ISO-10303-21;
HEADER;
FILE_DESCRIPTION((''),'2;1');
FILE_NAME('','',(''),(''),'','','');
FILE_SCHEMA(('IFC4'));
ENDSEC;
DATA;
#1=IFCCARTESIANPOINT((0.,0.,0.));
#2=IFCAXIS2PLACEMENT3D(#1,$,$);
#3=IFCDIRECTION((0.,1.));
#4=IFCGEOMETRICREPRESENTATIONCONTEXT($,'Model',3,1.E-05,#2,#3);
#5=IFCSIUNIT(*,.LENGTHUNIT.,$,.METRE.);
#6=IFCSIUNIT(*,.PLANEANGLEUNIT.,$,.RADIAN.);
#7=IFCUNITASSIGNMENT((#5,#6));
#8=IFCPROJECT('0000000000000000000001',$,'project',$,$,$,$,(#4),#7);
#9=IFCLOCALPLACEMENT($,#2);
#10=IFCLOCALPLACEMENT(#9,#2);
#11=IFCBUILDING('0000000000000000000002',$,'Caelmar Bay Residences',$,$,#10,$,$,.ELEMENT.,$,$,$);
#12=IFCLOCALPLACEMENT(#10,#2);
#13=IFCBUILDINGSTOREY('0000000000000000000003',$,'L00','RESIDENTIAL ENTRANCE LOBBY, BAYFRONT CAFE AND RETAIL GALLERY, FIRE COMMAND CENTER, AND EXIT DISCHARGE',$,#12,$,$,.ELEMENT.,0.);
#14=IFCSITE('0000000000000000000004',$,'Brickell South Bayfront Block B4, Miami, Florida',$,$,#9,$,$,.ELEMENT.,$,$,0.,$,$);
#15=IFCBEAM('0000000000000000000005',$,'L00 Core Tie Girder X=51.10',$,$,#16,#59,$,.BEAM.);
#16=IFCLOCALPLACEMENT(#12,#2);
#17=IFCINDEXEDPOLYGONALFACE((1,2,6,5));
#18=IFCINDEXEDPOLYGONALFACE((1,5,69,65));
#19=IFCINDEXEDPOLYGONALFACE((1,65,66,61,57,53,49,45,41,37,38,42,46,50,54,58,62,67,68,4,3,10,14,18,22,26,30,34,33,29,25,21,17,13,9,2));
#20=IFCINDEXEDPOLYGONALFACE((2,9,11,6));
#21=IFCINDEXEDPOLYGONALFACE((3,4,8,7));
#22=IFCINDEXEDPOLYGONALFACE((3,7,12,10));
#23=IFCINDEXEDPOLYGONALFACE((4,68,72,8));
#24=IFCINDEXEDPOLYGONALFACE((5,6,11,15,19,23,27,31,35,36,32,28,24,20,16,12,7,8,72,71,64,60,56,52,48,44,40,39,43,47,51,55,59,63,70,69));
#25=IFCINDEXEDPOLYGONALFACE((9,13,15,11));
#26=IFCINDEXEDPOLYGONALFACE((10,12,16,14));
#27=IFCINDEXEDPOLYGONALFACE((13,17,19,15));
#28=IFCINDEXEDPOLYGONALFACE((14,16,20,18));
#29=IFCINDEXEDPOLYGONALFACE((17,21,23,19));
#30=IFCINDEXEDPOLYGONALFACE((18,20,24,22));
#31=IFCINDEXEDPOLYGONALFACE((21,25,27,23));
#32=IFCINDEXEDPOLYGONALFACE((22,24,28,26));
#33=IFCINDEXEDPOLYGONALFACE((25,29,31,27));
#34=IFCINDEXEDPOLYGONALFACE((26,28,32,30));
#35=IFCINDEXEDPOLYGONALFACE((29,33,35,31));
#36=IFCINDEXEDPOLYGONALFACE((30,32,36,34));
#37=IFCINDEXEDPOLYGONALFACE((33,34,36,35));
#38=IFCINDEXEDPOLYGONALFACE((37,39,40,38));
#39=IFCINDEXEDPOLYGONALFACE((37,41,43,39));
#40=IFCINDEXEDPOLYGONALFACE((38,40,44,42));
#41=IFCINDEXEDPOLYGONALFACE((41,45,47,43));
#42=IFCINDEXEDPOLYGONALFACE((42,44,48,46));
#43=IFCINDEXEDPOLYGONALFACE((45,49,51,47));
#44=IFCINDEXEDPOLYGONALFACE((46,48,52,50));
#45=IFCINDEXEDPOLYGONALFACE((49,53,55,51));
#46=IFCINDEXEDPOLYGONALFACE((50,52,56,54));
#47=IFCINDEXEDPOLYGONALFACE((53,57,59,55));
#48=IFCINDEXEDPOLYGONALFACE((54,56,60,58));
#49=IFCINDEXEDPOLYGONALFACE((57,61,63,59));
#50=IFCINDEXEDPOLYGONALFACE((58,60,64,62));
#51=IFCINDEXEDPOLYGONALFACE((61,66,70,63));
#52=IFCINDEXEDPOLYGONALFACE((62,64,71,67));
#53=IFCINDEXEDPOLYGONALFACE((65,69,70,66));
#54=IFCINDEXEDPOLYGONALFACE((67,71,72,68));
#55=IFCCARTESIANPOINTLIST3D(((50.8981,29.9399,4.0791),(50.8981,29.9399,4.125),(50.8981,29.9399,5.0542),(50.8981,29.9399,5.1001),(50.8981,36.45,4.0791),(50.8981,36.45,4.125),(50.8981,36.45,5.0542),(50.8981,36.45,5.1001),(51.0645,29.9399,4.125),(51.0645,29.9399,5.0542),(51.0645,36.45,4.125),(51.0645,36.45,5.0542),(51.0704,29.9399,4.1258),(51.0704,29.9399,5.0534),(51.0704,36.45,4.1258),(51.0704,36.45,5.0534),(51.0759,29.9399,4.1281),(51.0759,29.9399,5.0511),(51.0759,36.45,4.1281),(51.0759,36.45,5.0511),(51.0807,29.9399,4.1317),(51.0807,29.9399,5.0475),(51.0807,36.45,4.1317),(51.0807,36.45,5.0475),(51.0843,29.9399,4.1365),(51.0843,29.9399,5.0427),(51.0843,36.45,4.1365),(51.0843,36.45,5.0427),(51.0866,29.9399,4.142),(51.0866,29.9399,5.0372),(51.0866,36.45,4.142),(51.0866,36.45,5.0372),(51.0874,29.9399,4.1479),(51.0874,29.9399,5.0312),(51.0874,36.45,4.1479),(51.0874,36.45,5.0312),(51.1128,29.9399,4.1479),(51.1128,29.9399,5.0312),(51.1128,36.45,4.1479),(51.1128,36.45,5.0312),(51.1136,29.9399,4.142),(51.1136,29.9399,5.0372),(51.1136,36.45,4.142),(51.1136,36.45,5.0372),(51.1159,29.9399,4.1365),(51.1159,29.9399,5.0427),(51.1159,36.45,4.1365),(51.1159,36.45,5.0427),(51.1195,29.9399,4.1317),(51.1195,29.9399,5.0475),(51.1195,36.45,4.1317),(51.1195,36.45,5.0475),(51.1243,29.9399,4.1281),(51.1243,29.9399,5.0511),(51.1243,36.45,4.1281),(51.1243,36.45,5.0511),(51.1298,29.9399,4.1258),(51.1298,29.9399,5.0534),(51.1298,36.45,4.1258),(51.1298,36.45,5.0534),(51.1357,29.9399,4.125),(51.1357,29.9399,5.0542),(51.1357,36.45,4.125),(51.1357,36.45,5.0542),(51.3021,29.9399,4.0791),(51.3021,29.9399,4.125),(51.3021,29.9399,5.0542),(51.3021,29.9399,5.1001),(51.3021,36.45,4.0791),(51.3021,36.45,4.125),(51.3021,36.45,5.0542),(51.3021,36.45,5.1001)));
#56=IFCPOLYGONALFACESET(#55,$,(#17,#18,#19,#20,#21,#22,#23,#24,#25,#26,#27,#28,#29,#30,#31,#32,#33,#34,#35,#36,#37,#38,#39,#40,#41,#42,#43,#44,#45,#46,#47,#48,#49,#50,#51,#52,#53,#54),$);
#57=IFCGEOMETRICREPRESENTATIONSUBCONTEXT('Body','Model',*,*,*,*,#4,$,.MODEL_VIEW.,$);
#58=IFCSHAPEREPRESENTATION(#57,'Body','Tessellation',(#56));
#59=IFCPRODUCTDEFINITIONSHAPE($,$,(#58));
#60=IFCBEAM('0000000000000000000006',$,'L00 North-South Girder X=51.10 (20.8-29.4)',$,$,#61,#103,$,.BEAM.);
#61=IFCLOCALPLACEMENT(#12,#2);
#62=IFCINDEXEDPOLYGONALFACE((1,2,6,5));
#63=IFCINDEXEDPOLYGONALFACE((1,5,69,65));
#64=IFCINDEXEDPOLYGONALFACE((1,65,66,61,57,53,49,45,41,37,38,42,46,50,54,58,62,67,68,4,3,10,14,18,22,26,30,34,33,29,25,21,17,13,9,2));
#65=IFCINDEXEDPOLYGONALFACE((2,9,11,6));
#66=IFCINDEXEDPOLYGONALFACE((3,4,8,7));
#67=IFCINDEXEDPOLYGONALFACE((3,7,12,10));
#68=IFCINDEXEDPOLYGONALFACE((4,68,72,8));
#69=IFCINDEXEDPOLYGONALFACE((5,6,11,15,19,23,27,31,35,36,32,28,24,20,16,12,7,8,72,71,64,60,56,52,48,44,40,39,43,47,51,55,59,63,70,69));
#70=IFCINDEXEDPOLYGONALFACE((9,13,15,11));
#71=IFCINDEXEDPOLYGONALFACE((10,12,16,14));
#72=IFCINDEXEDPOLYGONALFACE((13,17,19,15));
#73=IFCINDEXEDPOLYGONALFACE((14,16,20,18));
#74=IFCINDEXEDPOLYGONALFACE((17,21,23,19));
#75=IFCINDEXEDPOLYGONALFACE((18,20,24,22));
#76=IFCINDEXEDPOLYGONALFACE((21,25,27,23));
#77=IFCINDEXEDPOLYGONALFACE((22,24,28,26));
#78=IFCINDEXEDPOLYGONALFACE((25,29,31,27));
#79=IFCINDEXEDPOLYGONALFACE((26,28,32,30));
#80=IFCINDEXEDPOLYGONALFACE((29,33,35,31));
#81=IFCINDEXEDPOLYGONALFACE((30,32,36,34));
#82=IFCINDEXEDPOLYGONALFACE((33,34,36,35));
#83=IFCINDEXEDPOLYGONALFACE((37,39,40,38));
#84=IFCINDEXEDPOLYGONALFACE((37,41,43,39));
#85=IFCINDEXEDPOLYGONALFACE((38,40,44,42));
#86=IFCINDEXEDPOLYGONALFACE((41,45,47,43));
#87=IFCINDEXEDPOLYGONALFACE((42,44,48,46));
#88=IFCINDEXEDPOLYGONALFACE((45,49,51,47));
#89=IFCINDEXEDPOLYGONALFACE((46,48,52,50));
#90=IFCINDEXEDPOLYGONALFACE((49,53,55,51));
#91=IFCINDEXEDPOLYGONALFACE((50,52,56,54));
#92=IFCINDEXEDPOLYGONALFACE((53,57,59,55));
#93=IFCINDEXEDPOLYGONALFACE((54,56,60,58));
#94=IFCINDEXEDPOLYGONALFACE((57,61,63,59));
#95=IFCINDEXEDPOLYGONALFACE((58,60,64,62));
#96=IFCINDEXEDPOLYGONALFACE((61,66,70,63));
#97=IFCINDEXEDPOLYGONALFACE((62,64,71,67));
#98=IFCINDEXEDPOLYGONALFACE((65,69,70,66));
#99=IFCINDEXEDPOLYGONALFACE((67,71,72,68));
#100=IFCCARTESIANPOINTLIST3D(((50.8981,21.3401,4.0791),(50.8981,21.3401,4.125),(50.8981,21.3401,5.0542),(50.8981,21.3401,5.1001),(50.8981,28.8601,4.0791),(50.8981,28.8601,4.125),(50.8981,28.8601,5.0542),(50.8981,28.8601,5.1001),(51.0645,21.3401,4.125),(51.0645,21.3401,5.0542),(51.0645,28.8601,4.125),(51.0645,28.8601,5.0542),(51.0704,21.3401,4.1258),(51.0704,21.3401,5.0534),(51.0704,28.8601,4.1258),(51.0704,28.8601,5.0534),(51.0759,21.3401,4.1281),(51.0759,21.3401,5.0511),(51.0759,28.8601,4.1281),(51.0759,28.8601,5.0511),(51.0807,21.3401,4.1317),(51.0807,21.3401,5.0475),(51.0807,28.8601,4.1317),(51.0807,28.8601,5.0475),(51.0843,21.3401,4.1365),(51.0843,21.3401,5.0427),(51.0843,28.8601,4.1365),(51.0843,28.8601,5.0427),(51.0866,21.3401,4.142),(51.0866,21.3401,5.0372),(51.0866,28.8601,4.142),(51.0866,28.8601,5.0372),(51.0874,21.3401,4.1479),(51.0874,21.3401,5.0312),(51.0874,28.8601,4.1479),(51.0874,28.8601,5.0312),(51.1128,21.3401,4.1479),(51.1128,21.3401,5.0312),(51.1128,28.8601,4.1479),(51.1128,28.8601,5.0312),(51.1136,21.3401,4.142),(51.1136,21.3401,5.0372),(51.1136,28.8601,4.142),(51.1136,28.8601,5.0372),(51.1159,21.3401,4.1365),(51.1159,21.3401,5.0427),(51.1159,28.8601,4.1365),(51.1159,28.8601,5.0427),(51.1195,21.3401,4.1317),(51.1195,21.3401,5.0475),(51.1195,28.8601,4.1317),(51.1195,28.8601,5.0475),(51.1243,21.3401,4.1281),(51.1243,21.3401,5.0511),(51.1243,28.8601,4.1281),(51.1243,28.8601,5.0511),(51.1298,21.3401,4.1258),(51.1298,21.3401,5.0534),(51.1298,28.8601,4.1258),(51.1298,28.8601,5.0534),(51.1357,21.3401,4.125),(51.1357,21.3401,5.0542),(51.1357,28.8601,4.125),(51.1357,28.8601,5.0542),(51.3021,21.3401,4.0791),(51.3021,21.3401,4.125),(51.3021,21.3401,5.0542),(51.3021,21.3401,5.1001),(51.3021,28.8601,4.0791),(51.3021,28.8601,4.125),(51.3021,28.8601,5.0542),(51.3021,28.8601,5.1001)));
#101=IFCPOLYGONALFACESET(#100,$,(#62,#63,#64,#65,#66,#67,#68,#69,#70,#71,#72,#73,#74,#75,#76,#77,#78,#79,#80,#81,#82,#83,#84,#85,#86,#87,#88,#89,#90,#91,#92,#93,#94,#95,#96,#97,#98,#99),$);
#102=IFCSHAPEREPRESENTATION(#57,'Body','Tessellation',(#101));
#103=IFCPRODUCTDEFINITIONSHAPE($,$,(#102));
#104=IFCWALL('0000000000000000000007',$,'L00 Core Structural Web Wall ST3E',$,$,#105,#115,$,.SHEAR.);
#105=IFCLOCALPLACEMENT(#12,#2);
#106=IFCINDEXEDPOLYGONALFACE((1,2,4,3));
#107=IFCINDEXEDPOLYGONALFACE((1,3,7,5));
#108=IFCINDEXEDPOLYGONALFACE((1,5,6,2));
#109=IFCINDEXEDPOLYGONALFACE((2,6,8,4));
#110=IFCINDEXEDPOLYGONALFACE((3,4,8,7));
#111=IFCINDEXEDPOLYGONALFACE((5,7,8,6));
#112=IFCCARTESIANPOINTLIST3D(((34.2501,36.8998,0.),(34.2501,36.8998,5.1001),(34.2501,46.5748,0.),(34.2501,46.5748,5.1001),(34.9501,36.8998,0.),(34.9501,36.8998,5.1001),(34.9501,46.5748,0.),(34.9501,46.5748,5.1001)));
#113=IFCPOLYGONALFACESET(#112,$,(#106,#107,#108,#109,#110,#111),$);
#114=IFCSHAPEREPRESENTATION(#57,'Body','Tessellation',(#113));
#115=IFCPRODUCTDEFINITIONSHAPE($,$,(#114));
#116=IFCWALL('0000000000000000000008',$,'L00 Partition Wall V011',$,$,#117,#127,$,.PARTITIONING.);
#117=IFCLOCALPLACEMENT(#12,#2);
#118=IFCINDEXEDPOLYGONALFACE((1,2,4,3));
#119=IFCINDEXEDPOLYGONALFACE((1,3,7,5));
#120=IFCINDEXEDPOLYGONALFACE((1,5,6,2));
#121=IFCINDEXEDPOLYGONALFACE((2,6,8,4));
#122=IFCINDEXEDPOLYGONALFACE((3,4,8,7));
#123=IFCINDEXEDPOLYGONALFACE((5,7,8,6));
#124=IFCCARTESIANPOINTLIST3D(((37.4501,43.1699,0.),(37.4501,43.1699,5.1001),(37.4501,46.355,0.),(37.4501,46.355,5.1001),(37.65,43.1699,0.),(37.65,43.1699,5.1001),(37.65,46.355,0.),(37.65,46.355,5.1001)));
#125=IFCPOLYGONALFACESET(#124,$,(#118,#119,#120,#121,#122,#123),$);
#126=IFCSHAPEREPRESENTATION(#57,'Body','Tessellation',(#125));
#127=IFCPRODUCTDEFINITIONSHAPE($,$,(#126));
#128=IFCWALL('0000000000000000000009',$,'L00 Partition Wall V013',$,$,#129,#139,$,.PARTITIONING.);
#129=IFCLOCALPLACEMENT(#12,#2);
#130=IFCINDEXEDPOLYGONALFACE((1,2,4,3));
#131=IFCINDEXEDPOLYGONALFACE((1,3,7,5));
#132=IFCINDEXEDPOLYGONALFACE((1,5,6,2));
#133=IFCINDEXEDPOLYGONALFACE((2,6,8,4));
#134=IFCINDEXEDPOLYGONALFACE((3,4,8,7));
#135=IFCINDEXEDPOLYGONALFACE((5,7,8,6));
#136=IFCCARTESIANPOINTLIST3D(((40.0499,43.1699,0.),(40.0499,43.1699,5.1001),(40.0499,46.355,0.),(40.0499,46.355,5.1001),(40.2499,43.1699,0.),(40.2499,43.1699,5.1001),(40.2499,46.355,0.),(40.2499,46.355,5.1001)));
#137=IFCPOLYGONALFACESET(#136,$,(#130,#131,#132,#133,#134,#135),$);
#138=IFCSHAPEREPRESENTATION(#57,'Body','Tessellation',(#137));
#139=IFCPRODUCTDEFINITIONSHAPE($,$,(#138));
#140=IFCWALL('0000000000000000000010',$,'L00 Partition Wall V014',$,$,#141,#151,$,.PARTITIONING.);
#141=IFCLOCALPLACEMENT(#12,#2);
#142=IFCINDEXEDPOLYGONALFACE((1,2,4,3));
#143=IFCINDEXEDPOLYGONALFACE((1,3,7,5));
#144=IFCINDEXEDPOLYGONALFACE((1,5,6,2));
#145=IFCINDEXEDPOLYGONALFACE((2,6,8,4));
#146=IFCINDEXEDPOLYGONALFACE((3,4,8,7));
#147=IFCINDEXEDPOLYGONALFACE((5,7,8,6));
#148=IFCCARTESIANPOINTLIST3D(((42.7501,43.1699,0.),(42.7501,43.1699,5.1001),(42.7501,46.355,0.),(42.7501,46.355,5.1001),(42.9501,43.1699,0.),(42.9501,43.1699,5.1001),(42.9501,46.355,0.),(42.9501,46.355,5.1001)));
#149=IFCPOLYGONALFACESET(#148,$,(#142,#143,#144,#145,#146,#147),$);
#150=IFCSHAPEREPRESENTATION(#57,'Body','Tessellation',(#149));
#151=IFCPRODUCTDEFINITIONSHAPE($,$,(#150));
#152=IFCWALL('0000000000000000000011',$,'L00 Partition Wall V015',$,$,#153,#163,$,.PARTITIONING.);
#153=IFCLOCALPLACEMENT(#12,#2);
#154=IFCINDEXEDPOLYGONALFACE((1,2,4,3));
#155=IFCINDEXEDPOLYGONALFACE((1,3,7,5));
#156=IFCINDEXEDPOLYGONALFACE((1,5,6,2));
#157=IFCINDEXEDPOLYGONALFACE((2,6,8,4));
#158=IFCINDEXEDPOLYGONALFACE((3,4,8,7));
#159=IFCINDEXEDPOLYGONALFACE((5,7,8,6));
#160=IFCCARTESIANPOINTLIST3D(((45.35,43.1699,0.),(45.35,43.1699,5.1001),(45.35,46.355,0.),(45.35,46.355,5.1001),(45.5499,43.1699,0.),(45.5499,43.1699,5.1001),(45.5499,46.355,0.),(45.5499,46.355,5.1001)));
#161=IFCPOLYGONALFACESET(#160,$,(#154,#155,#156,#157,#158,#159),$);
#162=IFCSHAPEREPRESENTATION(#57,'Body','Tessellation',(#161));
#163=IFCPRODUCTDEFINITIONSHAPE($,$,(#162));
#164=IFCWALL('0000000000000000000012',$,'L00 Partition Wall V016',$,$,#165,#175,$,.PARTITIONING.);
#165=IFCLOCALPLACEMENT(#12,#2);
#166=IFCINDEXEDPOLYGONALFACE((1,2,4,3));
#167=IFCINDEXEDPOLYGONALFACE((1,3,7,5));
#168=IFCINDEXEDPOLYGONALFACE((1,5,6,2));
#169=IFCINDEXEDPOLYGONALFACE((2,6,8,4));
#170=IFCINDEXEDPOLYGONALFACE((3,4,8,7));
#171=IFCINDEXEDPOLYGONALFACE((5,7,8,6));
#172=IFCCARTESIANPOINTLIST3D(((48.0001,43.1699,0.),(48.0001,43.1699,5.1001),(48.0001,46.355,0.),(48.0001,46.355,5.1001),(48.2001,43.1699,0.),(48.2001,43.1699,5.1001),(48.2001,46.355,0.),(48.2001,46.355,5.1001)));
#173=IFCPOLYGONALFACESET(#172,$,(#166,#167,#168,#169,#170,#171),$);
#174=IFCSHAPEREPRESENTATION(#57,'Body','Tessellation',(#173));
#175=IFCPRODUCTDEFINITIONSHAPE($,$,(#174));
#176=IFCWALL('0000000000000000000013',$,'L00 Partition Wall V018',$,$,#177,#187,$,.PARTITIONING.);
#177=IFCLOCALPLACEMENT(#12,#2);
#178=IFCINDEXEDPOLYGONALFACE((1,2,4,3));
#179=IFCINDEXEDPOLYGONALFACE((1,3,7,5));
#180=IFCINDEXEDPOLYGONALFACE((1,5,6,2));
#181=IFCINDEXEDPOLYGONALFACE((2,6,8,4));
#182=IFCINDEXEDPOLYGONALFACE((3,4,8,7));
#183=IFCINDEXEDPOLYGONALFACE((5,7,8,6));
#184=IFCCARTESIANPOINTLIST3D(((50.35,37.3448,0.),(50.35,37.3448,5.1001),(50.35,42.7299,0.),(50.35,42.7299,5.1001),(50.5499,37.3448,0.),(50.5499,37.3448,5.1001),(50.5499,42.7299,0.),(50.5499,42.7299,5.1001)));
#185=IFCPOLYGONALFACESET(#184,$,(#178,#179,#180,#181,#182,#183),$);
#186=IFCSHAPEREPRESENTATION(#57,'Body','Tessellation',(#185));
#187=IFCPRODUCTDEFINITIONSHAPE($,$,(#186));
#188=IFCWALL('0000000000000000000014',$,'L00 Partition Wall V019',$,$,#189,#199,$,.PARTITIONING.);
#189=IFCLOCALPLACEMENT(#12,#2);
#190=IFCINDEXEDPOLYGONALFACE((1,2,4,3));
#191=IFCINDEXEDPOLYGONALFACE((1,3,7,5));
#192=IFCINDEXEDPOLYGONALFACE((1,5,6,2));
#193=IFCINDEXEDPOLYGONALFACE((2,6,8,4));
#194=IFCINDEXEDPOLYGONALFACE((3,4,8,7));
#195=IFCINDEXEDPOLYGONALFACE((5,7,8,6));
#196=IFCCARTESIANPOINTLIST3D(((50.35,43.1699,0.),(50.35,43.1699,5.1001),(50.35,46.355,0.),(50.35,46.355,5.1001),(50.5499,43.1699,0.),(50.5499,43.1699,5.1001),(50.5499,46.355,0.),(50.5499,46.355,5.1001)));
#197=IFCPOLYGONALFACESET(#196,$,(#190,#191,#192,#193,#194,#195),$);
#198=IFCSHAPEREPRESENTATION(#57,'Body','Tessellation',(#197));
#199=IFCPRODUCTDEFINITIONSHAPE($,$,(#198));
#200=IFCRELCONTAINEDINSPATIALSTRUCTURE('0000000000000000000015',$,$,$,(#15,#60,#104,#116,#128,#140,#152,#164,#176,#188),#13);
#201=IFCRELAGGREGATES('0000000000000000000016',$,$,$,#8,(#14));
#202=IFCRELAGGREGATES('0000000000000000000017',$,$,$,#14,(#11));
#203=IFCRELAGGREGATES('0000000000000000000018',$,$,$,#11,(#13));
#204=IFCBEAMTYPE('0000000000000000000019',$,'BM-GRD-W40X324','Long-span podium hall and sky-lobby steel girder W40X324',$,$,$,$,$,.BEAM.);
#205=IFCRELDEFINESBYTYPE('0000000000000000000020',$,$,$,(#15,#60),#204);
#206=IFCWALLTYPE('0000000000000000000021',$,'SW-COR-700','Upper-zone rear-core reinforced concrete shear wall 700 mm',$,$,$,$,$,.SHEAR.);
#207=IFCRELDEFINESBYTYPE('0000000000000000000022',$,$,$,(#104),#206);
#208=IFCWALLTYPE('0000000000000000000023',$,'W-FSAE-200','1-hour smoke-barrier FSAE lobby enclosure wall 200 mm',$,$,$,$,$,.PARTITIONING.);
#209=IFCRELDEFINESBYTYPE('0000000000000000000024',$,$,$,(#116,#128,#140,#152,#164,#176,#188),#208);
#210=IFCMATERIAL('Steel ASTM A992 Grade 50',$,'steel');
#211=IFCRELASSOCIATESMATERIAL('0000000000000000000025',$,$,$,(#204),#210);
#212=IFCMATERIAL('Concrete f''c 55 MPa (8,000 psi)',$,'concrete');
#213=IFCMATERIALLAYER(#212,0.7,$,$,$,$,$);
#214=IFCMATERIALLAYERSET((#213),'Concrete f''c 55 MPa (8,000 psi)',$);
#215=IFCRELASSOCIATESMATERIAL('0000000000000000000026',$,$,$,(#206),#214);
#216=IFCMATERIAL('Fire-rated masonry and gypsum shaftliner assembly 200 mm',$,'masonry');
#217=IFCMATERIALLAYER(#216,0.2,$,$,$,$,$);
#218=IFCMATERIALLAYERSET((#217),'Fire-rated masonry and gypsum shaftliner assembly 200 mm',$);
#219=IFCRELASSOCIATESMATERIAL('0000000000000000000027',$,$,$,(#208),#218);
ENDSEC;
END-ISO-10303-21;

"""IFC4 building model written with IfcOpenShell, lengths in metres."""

from ifc_helpers import new_model, si_unit, direction, frame, frame_2d, origin, origin_2d, place, context, subcontext, project, spatial, rectangle, i_section, extrude, material, layer, layer_set, material_profile, profile_set, type_object, element, save


model = new_model("IFC4")

# Units and contexts
model_context = context("Model", 3, precision=1e-05, world=origin(), true_north=direction((0.0, 1.0)))
body_context = subcontext(model_context, "Body", "Model", "MODEL_VIEW")
ifc_project = project(units=[si_unit("LENGTHUNIT", "METRE"), si_unit("PLANEANGLEUNIT", "RADIAN")], contexts=[model_context])

# Site, building, storey
site_placement = place(None, origin())
site = spatial("IfcSite", under=ifc_project, at=site_placement, Name="Brickell South Bayfront Block B4, Miami, Florida", CompositionType="ELEMENT", RefElevation=0.0)
building_placement = place(site_placement, origin())
building = spatial("IfcBuilding", under=site, at=building_placement, Name="Caelmar Bay Residences", CompositionType="ELEMENT")
storey_placement = place(building_placement, origin())
storey = spatial("IfcBuildingStorey", under=building, at=storey_placement, Name="L00", Description="RESIDENTIAL ENTRANCE LOBBY, BAYFRONT CAFE AND RETAIL GALLERY, FIRE COMMAND CENTER, AND EXIT DISCHARGE", CompositionType="ELEMENT", Elevation=0.0)

# Beams
ifc_material_1 = material(Name="Steel ASTM A992 Grade 50", Category="steel")
ifc_material_profile_1 = material_profile(ifc_material_1, i_section(OverallWidth=0.4041, OverallDepth=1.021, WebThickness=0.0254, FlangeThickness=0.0459, FilletRadius=0.0229, at=origin_2d()), Name="W40X324")
ifc_profile_set_1 = profile_set([ifc_material_profile_1], Name="Steel ASTM A992 Grade 50")
beam_type = type_object("IfcBeamType", Name="BM-GRD-W40X324", Description="Long-span podium hall and sky-lobby steel girder W40X324", PredefinedType="BEAM", material=ifc_profile_set_1)
for number, where, z_axis, x_axis, name in (
    (1, (51.1001, 29.9399, 4.5896), (0.0, 1.0, 0.0), (-1.0, 0.0, 0.0), "L00 Core Tie Girder X=51.10"),
):
    element("IfcBeam", number, at=place(storey_placement, frame(where, z_axis=z_axis, x_axis=x_axis)), inside=storey, type_object=beam_type, Name=name, PredefinedType="BEAM", context=body_context, shape_type="SweptSolid", body=[
        extrude(i_section(OverallWidth=0.4041, OverallDepth=1.021, WebThickness=0.0254, FlangeThickness=0.0459, FilletRadius=0.0229, at=origin_2d()), origin(), (0.0, 0.0, 1.0), 6.51),
    ])
beam_1_placement = place(storey_placement, frame((51.1001, 21.3401, 4.5896), z_axis=(0.0, 1.0, 0.0), x_axis=(-1.0, 0.0, 0.0)))
element("IfcBeam", 2, at=beam_1_placement, inside=storey, type_object=beam_type, Name="L00 North-South Girder X=51.10 (20.8-29.4)", PredefinedType="BEAM", context=body_context, shape_type="SweptSolid", body=[
    extrude(i_section(OverallWidth=0.4041, OverallDepth=1.021, WebThickness=0.0254, FlangeThickness=0.0459, FilletRadius=0.0229, at=origin_2d()), origin(), (0.0, 0.0, 1.0), 7.52),
])

# Shared definitions
ifc_material_2 = material(Name="Concrete f'c 55 MPa (8,000 psi)", Category="concrete")
ifc_layer_1 = layer(ifc_material_2, 0.7)
ifc_layer_set_1 = layer_set([ifc_layer_1], Name="Concrete f'c 55 MPa (8,000 psi)")
wall_type_1 = type_object("IfcWallType", Name="SW-COR-700", Description="Upper-zone rear-core reinforced concrete shear wall 700 mm", PredefinedType="SHEAR", material=ifc_layer_set_1)

# Wall
wall_1_placement = place(storey_placement, frame((34.6001, 36.8999, 0.0), z_axis=(0.0, 0.0, 1.0), x_axis=(0.0, 1.0, 0.0)))
element("IfcWall", 3, at=wall_1_placement, inside=storey, type_object=wall_type_1, Name="L00 Core Structural Web Wall ST3E", PredefinedType="SHEAR", context=body_context, shape_type="SweptSolid", body=[
    extrude(rectangle(XDim=9.675, YDim=0.7, at=frame_2d((4.8374, 0.0))), origin(), (0.0, 0.0, 1.0), 5.1001),
])

# Walls
ifc_material_3 = material(Name="Fire-rated masonry and gypsum shaftliner assembly 200 mm", Category="masonry")
ifc_layer_2 = layer(ifc_material_3, 0.2)
ifc_layer_set_2 = layer_set([ifc_layer_2], Name="Fire-rated masonry and gypsum shaftliner assembly 200 mm")
wall_type_2 = type_object("IfcWallType", Name="W-FSAE-200", Description="1-hour smoke-barrier FSAE lobby enclosure wall 200 mm", PredefinedType="PARTITIONING", material=ifc_layer_set_2)
for number, where, z_axis, x_axis, name in (
    (4, (37.55, 43.1699, 0.0), (0.0, 0.0, 1.0), (0.0, 1.0, 0.0), "L00 Partition Wall V011"),
    (5, (40.1499, 43.1699, 0.0), (0.0, 0.0, 1.0), (0.0, 1.0, 0.0), "L00 Partition Wall V013"),
    (6, (42.8501, 43.1699, 0.0), (0.0, 0.0, 1.0), (0.0, 1.0, 0.0), "L00 Partition Wall V014"),
    (7, (45.45, 43.1699, 0.0), (0.0, 0.0, 1.0), (0.0, 1.0, 0.0), "L00 Partition Wall V015"),
    (8, (48.1001, 43.1699, 0.0), (0.0, 0.0, 1.0), (0.0, 1.0, 0.0), "L00 Partition Wall V016"),
):
    element("IfcWall", number, at=place(storey_placement, frame(where, z_axis=z_axis, x_axis=x_axis)), inside=storey, type_object=wall_type_2, Name=name, PredefinedType="PARTITIONING", context=body_context, shape_type="SweptSolid", body=[
        extrude(rectangle(XDim=3.1851, YDim=0.2, at=frame_2d((1.5925, 0.0))), origin(), (0.0, 0.0, 1.0), 5.1001),
    ])
wall_2_placement = place(storey_placement, frame((50.45, 37.345, 0.0), z_axis=(0.0, 0.0, 1.0), x_axis=(0.0, 1.0, 0.0)))
element("IfcWall", 9, at=wall_2_placement, inside=storey, type_object=wall_type_2, Name="L00 Partition Wall V018", PredefinedType="PARTITIONING", context=body_context, shape_type="SweptSolid", body=[
    extrude(rectangle(XDim=5.385, YDim=0.2, at=frame_2d((2.6924, 0.0))), origin(), (0.0, 0.0, 1.0), 5.1001),
])
for number, where, z_axis, x_axis, name in (
    (10, (50.45, 43.1699, 0.0), (0.0, 0.0, 1.0), (0.0, 1.0, 0.0), "L00 Partition Wall V019"),
):
    element("IfcWall", number, at=place(storey_placement, frame(where, z_axis=z_axis, x_axis=x_axis)), inside=storey, type_object=wall_type_2, Name=name, PredefinedType="PARTITIONING", context=body_context, shape_type="SweptSolid", body=[
        extrude(rectangle(XDim=3.1851, YDim=0.2, at=frame_2d((1.5925, 0.0))), origin(), (0.0, 0.0, 1.0), 5.1001),
    ])

save(model, "model.ifc")
